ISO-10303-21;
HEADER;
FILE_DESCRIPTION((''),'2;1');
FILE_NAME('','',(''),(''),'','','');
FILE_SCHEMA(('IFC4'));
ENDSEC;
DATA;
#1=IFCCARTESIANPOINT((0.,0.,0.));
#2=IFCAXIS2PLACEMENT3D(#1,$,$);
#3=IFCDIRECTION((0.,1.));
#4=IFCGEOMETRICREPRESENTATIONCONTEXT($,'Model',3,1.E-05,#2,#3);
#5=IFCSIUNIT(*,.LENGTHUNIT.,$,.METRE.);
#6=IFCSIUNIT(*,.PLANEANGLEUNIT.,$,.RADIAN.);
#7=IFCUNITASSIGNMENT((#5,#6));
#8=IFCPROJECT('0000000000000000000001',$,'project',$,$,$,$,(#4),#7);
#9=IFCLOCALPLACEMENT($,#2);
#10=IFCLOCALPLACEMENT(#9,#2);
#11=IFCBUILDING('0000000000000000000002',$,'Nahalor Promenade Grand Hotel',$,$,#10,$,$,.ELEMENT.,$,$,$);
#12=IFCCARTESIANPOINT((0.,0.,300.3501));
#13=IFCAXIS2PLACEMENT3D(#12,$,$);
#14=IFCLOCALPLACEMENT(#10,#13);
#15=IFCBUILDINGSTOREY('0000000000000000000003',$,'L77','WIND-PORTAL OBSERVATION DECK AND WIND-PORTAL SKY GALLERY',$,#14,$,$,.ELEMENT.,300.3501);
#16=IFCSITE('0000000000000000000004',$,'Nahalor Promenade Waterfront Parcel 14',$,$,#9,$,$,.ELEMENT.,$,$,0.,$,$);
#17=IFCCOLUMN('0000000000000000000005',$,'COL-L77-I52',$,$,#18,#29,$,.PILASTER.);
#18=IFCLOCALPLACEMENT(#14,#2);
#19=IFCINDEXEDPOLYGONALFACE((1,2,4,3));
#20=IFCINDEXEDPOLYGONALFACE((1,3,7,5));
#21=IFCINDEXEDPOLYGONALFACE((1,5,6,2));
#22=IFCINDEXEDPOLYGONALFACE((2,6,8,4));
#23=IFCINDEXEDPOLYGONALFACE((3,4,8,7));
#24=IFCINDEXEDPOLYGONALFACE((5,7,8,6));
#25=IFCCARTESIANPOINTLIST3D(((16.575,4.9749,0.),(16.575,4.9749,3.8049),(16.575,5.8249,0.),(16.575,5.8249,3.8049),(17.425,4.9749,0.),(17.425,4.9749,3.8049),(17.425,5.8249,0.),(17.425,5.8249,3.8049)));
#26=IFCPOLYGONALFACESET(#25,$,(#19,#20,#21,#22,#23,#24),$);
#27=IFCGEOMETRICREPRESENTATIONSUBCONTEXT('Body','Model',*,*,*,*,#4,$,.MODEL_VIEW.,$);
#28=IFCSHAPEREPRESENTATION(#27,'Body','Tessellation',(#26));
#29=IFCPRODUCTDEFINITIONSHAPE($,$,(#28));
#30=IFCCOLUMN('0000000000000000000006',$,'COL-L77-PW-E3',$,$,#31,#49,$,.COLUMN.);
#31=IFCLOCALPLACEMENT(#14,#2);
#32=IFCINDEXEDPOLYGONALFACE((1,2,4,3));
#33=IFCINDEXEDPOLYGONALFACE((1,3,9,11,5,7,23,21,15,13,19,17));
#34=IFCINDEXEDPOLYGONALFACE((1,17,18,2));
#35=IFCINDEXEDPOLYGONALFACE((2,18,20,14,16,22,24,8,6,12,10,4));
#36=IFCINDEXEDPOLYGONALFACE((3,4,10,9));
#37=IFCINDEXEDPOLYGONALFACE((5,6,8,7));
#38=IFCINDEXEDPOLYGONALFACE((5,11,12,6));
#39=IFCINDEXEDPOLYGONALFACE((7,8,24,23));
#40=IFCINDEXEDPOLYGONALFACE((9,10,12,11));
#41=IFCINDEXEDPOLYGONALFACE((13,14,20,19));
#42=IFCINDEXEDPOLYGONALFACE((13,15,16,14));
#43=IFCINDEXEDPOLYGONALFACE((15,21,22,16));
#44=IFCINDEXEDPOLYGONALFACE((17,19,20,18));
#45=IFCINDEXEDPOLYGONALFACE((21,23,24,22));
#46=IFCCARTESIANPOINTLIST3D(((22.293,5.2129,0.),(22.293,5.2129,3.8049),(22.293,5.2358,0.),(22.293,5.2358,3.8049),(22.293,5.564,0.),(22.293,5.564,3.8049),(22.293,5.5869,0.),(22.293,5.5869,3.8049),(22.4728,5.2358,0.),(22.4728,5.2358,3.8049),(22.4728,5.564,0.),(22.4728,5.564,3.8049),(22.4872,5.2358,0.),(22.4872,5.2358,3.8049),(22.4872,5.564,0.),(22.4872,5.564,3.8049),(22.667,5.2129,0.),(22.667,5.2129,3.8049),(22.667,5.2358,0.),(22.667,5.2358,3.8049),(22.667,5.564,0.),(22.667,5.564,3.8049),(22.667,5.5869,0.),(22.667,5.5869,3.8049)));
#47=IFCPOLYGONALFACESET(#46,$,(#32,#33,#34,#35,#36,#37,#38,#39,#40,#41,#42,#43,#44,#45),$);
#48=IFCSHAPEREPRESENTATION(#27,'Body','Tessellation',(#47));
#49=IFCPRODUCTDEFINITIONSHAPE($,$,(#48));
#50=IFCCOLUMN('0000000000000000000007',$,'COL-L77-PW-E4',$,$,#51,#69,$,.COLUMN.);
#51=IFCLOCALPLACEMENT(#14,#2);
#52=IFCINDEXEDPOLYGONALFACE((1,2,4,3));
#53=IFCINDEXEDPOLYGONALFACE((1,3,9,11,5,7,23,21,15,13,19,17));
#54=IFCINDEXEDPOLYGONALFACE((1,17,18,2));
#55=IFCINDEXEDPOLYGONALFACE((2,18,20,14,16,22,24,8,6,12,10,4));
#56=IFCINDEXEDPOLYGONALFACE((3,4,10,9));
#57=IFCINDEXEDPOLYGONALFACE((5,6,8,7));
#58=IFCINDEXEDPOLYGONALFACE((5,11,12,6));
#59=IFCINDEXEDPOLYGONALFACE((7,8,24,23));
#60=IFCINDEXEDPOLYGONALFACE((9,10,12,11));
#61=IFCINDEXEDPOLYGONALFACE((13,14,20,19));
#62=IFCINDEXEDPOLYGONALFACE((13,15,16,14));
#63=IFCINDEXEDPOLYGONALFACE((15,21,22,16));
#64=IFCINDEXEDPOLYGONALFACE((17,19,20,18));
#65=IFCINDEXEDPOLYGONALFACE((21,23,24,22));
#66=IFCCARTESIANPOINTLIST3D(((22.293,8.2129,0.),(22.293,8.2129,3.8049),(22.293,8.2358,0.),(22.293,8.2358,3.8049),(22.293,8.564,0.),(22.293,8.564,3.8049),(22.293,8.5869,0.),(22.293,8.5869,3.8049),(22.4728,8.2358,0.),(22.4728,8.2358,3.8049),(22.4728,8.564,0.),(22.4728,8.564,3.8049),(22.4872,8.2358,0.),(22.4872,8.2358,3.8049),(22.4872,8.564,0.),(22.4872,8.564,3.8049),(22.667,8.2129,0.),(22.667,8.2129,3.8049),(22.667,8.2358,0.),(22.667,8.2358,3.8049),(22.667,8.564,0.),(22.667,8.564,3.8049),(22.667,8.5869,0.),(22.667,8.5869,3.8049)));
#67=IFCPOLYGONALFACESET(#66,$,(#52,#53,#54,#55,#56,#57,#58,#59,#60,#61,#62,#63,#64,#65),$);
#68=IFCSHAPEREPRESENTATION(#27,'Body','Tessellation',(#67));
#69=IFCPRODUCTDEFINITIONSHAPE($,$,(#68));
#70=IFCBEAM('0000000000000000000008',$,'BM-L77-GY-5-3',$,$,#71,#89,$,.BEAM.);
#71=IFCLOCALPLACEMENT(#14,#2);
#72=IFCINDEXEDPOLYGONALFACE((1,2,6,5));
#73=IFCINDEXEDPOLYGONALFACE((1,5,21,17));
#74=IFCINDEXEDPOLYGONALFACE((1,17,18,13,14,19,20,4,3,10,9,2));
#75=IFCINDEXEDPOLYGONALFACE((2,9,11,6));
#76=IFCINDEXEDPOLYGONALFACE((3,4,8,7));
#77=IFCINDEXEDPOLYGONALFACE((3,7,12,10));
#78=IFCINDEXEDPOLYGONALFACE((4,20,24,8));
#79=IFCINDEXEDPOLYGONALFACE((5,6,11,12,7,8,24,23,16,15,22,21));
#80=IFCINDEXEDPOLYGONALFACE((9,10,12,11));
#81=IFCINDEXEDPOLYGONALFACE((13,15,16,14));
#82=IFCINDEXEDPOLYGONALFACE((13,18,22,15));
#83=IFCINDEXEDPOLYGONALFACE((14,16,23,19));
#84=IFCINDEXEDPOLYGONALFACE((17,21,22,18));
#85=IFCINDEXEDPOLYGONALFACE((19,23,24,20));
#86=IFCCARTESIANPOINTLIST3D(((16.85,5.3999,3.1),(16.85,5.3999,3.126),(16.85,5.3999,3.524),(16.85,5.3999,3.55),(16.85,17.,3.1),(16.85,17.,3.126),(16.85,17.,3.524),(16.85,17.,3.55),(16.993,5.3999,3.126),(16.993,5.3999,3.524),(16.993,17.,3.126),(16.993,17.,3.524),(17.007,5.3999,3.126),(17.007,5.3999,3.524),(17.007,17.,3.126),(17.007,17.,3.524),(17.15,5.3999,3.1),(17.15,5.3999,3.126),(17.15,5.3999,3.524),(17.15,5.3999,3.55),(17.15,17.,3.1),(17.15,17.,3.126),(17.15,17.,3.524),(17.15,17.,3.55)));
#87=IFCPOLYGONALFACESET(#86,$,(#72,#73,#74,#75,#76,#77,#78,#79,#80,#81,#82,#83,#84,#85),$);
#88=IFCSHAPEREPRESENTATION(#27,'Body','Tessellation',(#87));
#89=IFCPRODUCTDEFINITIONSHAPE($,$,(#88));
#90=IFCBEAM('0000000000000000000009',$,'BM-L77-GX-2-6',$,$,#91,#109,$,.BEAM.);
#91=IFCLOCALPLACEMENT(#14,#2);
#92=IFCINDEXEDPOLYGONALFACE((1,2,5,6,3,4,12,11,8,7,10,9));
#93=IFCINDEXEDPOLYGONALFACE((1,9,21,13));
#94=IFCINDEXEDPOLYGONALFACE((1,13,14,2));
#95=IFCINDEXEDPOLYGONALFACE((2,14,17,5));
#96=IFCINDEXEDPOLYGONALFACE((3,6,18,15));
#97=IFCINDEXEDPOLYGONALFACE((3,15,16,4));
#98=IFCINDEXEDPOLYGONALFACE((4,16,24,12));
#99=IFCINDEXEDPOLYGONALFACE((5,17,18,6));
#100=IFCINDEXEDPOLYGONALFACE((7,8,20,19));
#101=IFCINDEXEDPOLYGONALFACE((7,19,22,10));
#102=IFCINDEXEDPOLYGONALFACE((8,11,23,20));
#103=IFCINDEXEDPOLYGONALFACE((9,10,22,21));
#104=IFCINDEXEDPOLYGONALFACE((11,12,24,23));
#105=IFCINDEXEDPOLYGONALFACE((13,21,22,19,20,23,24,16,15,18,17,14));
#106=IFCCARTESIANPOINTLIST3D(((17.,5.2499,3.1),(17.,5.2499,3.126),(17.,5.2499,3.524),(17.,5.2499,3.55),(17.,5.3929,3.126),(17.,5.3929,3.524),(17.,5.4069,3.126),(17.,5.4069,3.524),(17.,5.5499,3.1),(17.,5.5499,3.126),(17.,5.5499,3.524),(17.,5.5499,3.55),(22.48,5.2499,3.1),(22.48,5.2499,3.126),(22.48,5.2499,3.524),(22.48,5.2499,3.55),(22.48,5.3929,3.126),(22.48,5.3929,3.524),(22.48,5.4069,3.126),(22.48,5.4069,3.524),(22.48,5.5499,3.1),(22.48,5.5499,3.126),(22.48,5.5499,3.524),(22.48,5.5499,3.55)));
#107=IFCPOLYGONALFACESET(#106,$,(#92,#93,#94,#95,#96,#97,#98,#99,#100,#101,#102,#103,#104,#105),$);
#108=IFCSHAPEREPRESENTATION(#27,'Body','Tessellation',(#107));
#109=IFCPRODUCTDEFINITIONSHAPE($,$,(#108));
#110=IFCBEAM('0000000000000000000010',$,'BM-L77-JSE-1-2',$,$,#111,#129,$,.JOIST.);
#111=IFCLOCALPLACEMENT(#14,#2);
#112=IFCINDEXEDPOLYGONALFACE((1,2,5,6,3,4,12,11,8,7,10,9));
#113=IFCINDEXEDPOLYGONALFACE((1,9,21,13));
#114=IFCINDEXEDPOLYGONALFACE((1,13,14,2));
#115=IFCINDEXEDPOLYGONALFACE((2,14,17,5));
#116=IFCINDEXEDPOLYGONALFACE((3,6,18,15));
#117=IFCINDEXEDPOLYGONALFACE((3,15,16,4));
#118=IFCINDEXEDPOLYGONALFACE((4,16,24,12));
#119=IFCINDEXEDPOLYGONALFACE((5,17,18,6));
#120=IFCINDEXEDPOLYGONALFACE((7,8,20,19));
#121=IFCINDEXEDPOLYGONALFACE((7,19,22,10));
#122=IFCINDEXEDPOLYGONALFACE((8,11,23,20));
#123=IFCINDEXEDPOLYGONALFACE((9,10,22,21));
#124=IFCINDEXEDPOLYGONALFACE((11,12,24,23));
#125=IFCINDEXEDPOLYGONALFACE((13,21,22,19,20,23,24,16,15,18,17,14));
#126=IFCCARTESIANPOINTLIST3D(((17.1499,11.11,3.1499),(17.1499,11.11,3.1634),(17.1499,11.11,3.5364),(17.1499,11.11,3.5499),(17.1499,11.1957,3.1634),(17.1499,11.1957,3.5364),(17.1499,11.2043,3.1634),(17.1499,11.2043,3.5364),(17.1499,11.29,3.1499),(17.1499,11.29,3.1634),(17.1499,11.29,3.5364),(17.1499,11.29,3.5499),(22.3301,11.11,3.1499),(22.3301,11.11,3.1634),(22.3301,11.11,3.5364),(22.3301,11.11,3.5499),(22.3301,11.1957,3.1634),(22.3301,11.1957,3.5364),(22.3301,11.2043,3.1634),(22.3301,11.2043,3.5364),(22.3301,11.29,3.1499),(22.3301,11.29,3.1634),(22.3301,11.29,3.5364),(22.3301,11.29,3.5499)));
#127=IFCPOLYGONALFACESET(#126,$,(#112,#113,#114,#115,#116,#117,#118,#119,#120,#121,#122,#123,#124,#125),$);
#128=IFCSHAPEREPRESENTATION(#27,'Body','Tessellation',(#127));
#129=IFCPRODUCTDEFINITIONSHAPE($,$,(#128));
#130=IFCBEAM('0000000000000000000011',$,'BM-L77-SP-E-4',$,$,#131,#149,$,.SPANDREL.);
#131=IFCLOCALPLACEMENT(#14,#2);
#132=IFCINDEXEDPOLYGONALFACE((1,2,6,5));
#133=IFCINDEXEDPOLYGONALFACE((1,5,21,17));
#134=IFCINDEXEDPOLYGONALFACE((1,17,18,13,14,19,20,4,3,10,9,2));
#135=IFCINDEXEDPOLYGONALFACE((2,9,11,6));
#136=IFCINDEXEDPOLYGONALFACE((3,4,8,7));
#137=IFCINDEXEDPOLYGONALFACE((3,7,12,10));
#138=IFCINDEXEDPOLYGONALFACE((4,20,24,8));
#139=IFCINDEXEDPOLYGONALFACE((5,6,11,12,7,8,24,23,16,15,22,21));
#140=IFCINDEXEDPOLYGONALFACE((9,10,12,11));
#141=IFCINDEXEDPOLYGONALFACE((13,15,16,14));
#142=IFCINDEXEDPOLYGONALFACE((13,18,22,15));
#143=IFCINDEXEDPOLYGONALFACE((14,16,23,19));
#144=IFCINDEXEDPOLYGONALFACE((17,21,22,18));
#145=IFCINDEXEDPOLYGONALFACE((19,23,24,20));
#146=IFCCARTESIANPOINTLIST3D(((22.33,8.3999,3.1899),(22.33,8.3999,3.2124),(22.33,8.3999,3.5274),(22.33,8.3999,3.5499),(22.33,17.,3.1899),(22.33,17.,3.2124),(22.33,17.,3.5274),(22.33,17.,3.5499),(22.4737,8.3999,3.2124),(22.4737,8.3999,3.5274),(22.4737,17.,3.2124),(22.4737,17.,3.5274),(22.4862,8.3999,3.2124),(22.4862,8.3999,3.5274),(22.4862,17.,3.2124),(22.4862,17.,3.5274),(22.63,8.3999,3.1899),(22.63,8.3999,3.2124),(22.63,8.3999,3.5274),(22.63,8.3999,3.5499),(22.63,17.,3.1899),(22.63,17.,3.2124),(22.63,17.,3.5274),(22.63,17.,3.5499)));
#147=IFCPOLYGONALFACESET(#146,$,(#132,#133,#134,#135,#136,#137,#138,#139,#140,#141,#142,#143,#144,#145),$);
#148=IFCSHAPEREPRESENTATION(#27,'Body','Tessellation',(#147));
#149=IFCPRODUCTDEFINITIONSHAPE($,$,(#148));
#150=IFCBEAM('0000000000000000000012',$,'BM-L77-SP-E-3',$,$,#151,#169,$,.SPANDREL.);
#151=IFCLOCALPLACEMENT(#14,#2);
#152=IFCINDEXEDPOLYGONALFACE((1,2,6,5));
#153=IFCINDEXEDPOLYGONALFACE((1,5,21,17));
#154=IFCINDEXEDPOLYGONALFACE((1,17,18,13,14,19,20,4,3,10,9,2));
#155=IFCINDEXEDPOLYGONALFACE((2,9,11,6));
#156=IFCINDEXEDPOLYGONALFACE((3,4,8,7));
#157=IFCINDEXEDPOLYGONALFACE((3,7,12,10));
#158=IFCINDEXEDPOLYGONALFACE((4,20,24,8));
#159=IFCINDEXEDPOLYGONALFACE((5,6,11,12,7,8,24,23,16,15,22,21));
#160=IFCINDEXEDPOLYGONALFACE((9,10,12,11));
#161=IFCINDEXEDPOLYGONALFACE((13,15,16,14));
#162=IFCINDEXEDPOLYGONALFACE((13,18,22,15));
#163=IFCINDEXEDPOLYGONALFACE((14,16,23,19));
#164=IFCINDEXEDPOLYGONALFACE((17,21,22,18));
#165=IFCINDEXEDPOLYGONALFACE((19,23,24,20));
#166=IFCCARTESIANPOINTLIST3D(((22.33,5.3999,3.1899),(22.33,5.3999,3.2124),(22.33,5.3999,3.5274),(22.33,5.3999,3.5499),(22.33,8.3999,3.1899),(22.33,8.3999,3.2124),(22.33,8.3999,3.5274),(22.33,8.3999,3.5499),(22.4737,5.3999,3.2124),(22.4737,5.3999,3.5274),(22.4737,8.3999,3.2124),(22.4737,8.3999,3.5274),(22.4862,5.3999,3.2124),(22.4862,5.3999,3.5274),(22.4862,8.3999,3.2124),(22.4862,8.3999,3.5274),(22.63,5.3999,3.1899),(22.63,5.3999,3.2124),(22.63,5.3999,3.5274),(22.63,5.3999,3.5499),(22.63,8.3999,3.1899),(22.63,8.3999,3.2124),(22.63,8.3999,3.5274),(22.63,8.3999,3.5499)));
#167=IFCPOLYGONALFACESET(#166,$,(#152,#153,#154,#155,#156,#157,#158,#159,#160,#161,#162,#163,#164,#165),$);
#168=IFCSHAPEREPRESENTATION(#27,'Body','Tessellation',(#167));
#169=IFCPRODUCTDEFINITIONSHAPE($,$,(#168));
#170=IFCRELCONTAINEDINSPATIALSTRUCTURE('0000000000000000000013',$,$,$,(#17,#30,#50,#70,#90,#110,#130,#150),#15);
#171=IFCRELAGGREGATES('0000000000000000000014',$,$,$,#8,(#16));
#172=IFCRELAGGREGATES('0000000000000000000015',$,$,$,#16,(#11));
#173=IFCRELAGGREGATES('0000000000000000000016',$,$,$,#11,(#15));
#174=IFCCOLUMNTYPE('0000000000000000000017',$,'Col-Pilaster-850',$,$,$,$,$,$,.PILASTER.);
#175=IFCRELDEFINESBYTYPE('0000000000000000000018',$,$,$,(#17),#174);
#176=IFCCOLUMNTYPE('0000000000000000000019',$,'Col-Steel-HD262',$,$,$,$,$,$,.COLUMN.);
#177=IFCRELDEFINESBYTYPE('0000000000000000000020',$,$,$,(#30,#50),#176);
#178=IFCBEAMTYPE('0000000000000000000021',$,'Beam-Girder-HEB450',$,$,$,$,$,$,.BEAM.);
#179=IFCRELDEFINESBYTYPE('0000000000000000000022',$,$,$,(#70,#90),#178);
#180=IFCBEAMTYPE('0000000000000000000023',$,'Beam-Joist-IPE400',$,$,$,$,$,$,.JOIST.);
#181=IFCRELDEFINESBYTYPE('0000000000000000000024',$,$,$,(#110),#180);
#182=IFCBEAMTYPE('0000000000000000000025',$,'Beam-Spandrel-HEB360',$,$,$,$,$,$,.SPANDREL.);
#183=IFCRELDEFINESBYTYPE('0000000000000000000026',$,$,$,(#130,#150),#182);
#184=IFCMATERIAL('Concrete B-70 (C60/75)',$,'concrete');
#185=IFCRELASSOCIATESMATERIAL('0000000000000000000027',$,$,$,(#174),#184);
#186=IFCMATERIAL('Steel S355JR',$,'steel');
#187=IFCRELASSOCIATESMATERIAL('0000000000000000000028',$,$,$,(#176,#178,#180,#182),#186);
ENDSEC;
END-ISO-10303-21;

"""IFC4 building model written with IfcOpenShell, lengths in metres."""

from ifc_helpers import new_model, si_unit, direction, frame, origin, origin_2d, place, context, subcontext, project, spatial, rectangle, i_section, extrude, source, transform, mapped, material, material_profile, profile_set, type_object, element, save


model = new_model("IFC4")

# Units and contexts
model_context = context("Model", 3, precision=1e-05, world=origin(), true_north=direction((0.0, 1.0)))
body_context = subcontext(model_context, "Body", "Model", "MODEL_VIEW")
ifc_project = project(units=[si_unit("LENGTHUNIT", "METRE"), si_unit("PLANEANGLEUNIT", "RADIAN")], contexts=[model_context])

# Site, building, storey
site_placement = place(None, origin())
site = spatial("IfcSite", under=ifc_project, at=site_placement, Name="Nahalor Promenade Waterfront Parcel 14", CompositionType="ELEMENT", RefElevation=0.0)
building_placement = place(site_placement, origin())
building = spatial("IfcBuilding", under=site, at=building_placement, Name="Nahalor Promenade Grand Hotel", CompositionType="ELEMENT")
storey_placement = place(building_placement, frame((0.0, 0.0, 300.3501)))
storey = spatial("IfcBuildingStorey", under=building, at=storey_placement, Name="L77", Description="WIND-PORTAL OBSERVATION DECK AND WIND-PORTAL SKY GALLERY", CompositionType="ELEMENT", Elevation=300.3501)

# Columns
ifc_material_1 = material(Name="Concrete B-70 (C60/75)", Category="concrete")
ifc_material_profile_1 = material_profile(ifc_material_1, rectangle(XDim=0.85, YDim=0.85, at=origin_2d()), Name="RC 850x850")
ifc_profile_set_1 = profile_set([ifc_material_profile_1], Name="Concrete B-70 (C60/75)")
column_type_1 = type_object("IfcColumnType", Name="Col-Pilaster-850", PredefinedType="PILASTER", material=ifc_profile_set_1)
shared_shape_1 = source(origin(), body_context, "Body", "SweptSolid", [
    extrude(rectangle(XDim=0.85, YDim=0.85, at=origin_2d()), origin(), (0.0, 0.0, 1.0), 3.8049),
])
column_placement = place(storey_placement, frame((17.0, 5.3999, 0.0), z_axis=(0.0, 0.0, 1.0), x_axis=(1.0, 0.0, 0.0)))
element("IfcColumn", 1, at=column_placement, inside=storey, type_object=column_type_1, Name="COL-L77-I52", PredefinedType="PILASTER", context=body_context, shape_type="MappedRepresentation", body=[
    mapped(shared_shape_1, transform((0.0, 0.0, 0.0), scale=1.0)),
])
ifc_material_2 = material(Name="Steel S355JR", Category="steel")
ifc_material_profile_2 = material_profile(ifc_material_2, i_section(OverallWidth=0.374, OverallDepth=0.374, WebThickness=0.0144, FlangeThickness=0.0229, at=origin_2d()), Name="HD 360x262")
ifc_profile_set_2 = profile_set([ifc_material_profile_2], Name="Steel S355JR")
column_type_2 = type_object("IfcColumnType", Name="Col-Steel-HD262", PredefinedType="COLUMN", material=ifc_profile_set_2)
shared_shape_2 = source(origin(), body_context, "Body", "SweptSolid", [
    extrude(i_section(OverallWidth=0.374, OverallDepth=0.374, WebThickness=0.0144, FlangeThickness=0.0229, at=origin_2d()), origin(), (0.0, 0.0, 1.0), 3.8049),
])
for number, where, z_axis, x_axis, name in (
    (2, (22.48, 5.3999, 0.0), (0.0, 0.0, 1.0), (1.0, 0.0, 0.0), "COL-L77-PW-E3"),
    (3, (22.48, 8.3999, 0.0), (0.0, 0.0, 1.0), (1.0, 0.0, 0.0), "COL-L77-PW-E4"),
):
    element("IfcColumn", number, at=place(storey_placement, frame(where, z_axis=z_axis, x_axis=x_axis)), inside=storey, type_object=column_type_2, Name=name, PredefinedType="COLUMN", context=body_context, shape_type="MappedRepresentation", body=[
        mapped(shared_shape_2, transform((0.0, 0.0, 0.0), scale=1.0)),
    ])

# Beams
ifc_material_profile_3 = material_profile(ifc_material_2, i_section(OverallWidth=0.3, OverallDepth=0.45, WebThickness=0.014, FlangeThickness=0.026, at=origin_2d()), Name="HEB 450")
ifc_profile_set_3 = profile_set([ifc_material_profile_3], Name="Steel S355JR")
beam_type_1 = type_object("IfcBeamType", Name="Beam-Girder-HEB450", PredefinedType="BEAM", material=ifc_profile_set_3)
shared_shape_3 = source(origin(), body_context, "Body", "SweptSolid", [
    extrude(i_section(OverallWidth=0.3, OverallDepth=0.45, WebThickness=0.014, FlangeThickness=0.026, at=origin_2d()), origin(), (0.0, 0.0, 1.0), 11.6001),
])
beam_1_placement = place(storey_placement, frame((17.0, 5.3999, 3.325), z_axis=(0.0, 1.0, 0.0), x_axis=(-1.0, 0.0, 0.0)))
element("IfcBeam", 4, at=beam_1_placement, inside=storey, type_object=beam_type_1, Name="BM-L77-GY-5-3", PredefinedType="BEAM", context=body_context, shape_type="MappedRepresentation", body=[
    mapped(shared_shape_3, transform((0.0, 0.0, 0.0), scale=1.0)),
])
shared_shape_4 = source(origin(), body_context, "Body", "SweptSolid", [
    extrude(i_section(OverallWidth=0.3, OverallDepth=0.45, WebThickness=0.014, FlangeThickness=0.026, at=origin_2d()), origin(), (0.0, 0.0, 1.0), 5.48),
])
beam_2_placement = place(storey_placement, frame((17.0, 5.3999, 3.325), z_axis=(1.0, 0.0, 0.0), x_axis=(0.0, 1.0, 0.0)))
element("IfcBeam", 5, at=beam_2_placement, inside=storey, type_object=beam_type_1, Name="BM-L77-GX-2-6", PredefinedType="BEAM", context=body_context, shape_type="MappedRepresentation", body=[
    mapped(shared_shape_4, transform((0.0, 0.0, 0.0), scale=1.0)),
])
ifc_material_profile_4 = material_profile(ifc_material_2, i_section(OverallWidth=0.18, OverallDepth=0.4, WebThickness=0.0086, FlangeThickness=0.0135, at=origin_2d()), Name="IPE 400")
ifc_profile_set_4 = profile_set([ifc_material_profile_4], Name="Steel S355JR")
beam_type_2 = type_object("IfcBeamType", Name="Beam-Joist-IPE400", PredefinedType="JOIST", material=ifc_profile_set_4)
shared_shape_5 = source(origin(), body_context, "Body", "SweptSolid", [
    extrude(i_section(OverallWidth=0.18, OverallDepth=0.4, WebThickness=0.0086, FlangeThickness=0.0135, at=origin_2d()), origin(), (0.0, 0.0, 1.0), 5.1802),
])
beam_3_placement = place(storey_placement, frame((17.1499, 11.2, 3.3499), z_axis=(1.0, 0.0, 0.0), x_axis=(0.0, 1.0, 0.0)))
element("IfcBeam", 6, at=beam_3_placement, inside=storey, type_object=beam_type_2, Name="BM-L77-JSE-1-2", PredefinedType="JOIST", context=body_context, shape_type="MappedRepresentation", body=[
    mapped(shared_shape_5, transform((0.0, 0.0, 0.0), scale=1.0)),
])
ifc_material_profile_5 = material_profile(ifc_material_2, i_section(OverallWidth=0.3, OverallDepth=0.36, WebThickness=0.0125, FlangeThickness=0.0225, at=origin_2d()), Name="HEB 360")
ifc_profile_set_5 = profile_set([ifc_material_profile_5], Name="Steel S355JR")
beam_type_3 = type_object("IfcBeamType", Name="Beam-Spandrel-HEB360", PredefinedType="SPANDREL", material=ifc_profile_set_5)
shared_shape_6 = source(origin(), body_context, "Body", "SweptSolid", [
    extrude(i_section(OverallWidth=0.3, OverallDepth=0.36, WebThickness=0.0125, FlangeThickness=0.0225, at=origin_2d()), origin(), (0.0, 0.0, 1.0), 8.6001),
])
beam_4_placement = place(storey_placement, frame((22.48, 8.3999, 3.3699), z_axis=(0.0, 1.0, 0.0), x_axis=(-1.0, 0.0, 0.0)))
element("IfcBeam", 7, at=beam_4_placement, inside=storey, type_object=beam_type_3, Name="BM-L77-SP-E-4", PredefinedType="SPANDREL", context=body_context, shape_type="MappedRepresentation", body=[
    mapped(shared_shape_6, transform((0.0, 0.0, 0.0), scale=1.0)),
])
shared_shape_7 = source(origin(), body_context, "Body", "SweptSolid", [
    extrude(i_section(OverallWidth=0.3, OverallDepth=0.36, WebThickness=0.0125, FlangeThickness=0.0225, at=origin_2d()), origin(), (0.0, 0.0, 1.0), 3.0),
])
beam_5_placement = place(storey_placement, frame((22.48, 5.3999, 3.3699), z_axis=(0.0, 1.0, 0.0), x_axis=(-1.0, 0.0, 0.0)))
element("IfcBeam", 8, at=beam_5_placement, inside=storey, type_object=beam_type_3, Name="BM-L77-SP-E-3", PredefinedType="SPANDREL", context=body_context, shape_type="MappedRepresentation", body=[
    mapped(shared_shape_7, transform((0.0, 0.0, 0.0), scale=1.0)),
])

save(model, "model.ifc")
